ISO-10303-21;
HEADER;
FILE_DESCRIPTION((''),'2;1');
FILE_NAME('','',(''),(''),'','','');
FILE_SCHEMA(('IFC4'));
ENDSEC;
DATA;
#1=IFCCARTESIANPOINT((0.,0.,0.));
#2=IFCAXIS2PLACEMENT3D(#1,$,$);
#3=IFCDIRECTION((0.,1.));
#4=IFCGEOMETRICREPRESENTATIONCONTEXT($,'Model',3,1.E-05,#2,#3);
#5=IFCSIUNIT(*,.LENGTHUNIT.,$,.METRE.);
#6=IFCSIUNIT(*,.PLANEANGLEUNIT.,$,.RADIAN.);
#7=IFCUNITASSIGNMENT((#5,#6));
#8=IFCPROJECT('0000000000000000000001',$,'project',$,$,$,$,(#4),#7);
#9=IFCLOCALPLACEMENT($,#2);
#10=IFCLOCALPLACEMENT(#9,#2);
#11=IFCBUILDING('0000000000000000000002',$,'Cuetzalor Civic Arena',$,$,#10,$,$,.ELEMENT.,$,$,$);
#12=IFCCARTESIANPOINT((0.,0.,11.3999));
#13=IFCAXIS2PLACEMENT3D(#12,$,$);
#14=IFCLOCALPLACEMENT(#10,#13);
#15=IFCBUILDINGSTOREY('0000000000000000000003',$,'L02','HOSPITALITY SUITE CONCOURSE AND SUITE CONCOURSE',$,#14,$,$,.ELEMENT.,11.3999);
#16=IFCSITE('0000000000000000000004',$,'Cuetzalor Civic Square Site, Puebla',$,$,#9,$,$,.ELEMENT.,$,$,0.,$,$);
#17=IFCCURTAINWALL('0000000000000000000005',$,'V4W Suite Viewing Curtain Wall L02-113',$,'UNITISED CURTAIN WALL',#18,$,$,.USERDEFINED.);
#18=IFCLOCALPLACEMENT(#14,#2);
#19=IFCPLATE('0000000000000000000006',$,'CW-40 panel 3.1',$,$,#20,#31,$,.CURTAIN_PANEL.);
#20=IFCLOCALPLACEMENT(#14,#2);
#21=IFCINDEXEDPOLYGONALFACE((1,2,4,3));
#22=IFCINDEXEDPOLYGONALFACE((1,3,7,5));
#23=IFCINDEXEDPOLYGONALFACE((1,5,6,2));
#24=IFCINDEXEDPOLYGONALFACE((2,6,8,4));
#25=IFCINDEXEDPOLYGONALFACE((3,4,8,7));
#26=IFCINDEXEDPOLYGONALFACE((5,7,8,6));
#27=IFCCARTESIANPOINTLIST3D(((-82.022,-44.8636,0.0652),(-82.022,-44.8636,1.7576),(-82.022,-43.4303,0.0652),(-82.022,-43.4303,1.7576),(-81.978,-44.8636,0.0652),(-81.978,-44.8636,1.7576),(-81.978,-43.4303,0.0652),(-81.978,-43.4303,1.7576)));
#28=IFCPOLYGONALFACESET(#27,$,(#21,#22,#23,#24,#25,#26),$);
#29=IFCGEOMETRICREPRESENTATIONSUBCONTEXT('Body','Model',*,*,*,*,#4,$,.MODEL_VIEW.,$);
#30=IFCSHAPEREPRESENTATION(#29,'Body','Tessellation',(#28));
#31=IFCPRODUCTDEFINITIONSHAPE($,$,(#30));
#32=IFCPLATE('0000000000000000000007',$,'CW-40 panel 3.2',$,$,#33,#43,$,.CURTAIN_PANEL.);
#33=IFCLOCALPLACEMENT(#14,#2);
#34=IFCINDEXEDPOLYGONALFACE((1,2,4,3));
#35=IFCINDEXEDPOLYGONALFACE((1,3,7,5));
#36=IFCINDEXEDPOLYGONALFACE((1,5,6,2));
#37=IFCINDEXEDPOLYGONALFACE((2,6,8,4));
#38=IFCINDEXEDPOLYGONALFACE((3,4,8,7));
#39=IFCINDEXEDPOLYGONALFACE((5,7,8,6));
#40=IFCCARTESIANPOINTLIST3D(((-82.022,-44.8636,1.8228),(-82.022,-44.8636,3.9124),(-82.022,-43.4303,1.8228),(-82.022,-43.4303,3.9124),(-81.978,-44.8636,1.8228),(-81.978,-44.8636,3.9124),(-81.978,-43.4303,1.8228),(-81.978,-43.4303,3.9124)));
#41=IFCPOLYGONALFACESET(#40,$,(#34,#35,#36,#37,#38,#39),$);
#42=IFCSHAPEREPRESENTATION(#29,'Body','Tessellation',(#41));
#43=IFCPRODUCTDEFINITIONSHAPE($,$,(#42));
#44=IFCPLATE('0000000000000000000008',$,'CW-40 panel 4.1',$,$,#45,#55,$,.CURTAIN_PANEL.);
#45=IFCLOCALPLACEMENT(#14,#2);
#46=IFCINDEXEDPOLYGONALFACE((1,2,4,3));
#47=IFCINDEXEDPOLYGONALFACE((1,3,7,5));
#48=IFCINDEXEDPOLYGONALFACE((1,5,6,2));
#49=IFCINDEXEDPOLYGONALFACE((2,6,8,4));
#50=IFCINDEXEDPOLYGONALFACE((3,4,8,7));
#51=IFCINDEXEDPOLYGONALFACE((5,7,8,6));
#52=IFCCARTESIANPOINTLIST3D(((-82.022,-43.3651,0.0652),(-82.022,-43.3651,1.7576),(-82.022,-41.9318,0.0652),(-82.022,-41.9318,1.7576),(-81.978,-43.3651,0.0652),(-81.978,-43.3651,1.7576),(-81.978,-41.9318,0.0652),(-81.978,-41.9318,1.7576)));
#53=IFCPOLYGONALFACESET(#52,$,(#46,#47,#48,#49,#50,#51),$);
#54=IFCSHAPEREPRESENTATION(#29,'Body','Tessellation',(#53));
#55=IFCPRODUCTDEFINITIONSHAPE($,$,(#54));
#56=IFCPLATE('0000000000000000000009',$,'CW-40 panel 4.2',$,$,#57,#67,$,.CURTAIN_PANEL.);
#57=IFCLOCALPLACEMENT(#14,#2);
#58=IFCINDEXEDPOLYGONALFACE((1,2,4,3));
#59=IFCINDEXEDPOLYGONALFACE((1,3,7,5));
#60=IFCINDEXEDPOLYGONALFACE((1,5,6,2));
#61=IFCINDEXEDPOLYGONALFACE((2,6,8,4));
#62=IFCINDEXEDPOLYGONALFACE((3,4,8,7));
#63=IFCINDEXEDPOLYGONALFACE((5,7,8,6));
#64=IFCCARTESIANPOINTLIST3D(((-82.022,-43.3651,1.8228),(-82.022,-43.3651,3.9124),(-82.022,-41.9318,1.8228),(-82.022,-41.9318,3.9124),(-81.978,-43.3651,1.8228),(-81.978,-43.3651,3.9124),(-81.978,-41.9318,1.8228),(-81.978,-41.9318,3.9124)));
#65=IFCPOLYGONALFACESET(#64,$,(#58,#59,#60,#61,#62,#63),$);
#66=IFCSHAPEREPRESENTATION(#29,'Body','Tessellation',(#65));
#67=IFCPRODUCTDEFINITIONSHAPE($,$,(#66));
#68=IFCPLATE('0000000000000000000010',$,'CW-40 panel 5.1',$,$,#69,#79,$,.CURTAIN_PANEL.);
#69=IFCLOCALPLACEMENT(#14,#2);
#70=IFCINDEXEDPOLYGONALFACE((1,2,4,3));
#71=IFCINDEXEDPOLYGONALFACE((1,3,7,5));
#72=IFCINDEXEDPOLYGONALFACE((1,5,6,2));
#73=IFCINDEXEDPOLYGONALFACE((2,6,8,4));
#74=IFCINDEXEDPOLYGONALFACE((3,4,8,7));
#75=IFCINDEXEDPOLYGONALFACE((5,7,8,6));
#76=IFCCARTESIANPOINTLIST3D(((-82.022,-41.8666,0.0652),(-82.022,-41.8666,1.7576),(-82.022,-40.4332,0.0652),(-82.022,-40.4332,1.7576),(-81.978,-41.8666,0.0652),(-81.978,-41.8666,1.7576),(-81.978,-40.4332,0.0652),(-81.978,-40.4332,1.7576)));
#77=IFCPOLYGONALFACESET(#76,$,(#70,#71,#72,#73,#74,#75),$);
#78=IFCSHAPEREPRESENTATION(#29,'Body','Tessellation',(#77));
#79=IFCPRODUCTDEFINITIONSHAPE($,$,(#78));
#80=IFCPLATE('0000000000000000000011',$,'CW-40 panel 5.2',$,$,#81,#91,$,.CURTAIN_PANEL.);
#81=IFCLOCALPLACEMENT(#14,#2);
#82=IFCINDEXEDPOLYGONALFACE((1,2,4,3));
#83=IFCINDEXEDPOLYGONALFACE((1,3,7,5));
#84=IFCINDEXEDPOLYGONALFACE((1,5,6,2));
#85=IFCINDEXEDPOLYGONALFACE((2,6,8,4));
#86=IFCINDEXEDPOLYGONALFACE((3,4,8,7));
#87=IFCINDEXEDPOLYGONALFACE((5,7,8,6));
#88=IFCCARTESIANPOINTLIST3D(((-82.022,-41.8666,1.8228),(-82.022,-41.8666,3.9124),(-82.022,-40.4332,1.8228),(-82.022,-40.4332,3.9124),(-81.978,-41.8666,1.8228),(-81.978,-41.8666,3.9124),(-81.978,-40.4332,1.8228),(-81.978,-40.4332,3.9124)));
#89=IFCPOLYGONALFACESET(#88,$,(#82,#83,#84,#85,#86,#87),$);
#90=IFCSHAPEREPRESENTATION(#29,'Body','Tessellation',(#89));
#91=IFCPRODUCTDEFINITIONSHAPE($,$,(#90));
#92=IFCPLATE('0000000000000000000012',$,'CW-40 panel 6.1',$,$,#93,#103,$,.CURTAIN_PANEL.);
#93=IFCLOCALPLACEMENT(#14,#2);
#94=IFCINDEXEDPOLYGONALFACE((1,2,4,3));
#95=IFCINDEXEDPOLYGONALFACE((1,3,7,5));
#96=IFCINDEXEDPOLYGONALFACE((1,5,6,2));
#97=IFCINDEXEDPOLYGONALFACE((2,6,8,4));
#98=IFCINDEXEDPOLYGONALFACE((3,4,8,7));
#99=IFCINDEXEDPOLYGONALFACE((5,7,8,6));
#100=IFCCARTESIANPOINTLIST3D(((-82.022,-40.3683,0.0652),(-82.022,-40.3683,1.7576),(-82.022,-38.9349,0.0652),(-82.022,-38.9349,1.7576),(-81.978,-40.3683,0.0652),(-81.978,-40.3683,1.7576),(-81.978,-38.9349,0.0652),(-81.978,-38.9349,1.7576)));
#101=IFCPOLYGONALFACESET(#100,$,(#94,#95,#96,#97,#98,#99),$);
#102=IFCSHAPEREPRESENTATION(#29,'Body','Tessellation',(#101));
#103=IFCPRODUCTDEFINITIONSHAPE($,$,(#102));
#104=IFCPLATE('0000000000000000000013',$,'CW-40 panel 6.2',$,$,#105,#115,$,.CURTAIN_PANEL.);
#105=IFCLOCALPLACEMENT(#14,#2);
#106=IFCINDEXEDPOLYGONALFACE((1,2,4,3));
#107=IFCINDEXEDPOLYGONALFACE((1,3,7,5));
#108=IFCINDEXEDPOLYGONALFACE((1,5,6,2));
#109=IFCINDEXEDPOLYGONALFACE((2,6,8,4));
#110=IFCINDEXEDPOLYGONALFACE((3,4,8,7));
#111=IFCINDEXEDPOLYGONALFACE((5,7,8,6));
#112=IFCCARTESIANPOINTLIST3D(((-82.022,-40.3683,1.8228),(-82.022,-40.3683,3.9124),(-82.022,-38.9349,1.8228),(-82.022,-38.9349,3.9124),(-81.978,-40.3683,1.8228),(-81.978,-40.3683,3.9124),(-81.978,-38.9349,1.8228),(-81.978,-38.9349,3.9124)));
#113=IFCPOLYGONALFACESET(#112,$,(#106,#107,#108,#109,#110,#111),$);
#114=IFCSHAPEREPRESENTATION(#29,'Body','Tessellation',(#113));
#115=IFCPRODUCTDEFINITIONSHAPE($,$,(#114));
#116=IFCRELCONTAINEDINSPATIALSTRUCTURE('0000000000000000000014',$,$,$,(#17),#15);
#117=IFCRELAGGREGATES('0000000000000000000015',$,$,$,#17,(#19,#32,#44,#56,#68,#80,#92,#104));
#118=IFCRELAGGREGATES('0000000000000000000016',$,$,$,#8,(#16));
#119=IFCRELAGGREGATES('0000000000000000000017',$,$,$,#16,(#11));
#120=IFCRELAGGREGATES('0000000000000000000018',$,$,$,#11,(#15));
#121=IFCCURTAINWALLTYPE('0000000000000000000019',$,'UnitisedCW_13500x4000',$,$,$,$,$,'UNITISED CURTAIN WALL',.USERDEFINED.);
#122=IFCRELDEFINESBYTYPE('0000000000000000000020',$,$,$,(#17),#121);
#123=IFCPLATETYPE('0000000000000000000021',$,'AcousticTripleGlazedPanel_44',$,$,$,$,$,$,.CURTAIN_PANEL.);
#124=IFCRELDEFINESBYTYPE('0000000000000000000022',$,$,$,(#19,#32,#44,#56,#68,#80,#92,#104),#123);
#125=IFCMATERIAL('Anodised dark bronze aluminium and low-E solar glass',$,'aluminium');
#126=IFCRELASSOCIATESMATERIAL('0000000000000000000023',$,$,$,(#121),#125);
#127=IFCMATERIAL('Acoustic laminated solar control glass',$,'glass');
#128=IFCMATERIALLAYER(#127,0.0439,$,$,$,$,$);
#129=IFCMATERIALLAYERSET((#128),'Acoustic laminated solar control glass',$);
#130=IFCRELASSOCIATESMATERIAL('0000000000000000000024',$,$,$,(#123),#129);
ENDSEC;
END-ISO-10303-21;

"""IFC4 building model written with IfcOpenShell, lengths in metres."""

from ifc_helpers import new_model, si_unit, direction, frame, origin, origin_2d, place, context, subcontext, project, spatial, rectangle, extrude, material, layer, layer_set, type_object, element, aggregate, save


model = new_model("IFC4")

# Units and contexts
model_context = context("Model", 3, precision=1e-05, world=origin(), true_north=direction((0.0, 1.0)))
body_context = subcontext(model_context, "Body", "Model", "MODEL_VIEW")
ifc_project = project(units=[si_unit("LENGTHUNIT", "METRE"), si_unit("PLANEANGLEUNIT", "RADIAN")], contexts=[model_context])

# Site, building, storey
site_placement = place(None, origin())
site = spatial("IfcSite", under=ifc_project, at=site_placement, Name="Cuetzalor Civic Square Site, Puebla", CompositionType="ELEMENT", RefElevation=0.0)
building_placement = place(site_placement, origin())
building = spatial("IfcBuilding", under=site, at=building_placement, Name="Cuetzalor Civic Arena", CompositionType="ELEMENT")
storey_placement = place(building_placement, frame((0.0, 0.0, 11.3999)))
storey = spatial("IfcBuildingStorey", under=building, at=storey_placement, Name="L02", Description="HOSPITALITY SUITE CONCOURSE AND SUITE CONCOURSE", CompositionType="ELEMENT", Elevation=11.3999)

# Curtain wall, plates
ifc_material_1 = material(Name="Anodised dark bronze aluminium and low-E solar glass", Category="aluminium")
curtain_wall_type = type_object("IfcCurtainWallType", Name="UnitisedCW_13500x4000", ElementType="UNITISED CURTAIN WALL", PredefinedType="USERDEFINED", material=ifc_material_1)
curtain_wall_placement = place(storey_placement, origin())
curtain_wall = element("IfcCurtainWall", 1, at=curtain_wall_placement, inside=storey, type_object=curtain_wall_type, Name="V4W Suite Viewing Curtain Wall L02-113", ObjectType="UNITISED CURTAIN WALL", PredefinedType="USERDEFINED")
ifc_material_2 = material(Name="Acoustic laminated solar control glass", Category="glass")
ifc_layer = layer(ifc_material_2, 0.0439)
ifc_layer_set = layer_set([ifc_layer], Name="Acoustic laminated solar control glass")
plate_type = type_object("IfcPlateType", Name="AcousticTripleGlazedPanel_44", PredefinedType="CURTAIN_PANEL", material=ifc_layer_set)
plate_1_placement = place(storey_placement, frame((-82.0, -44.147, 0.0652), z_axis=(0.0, 0.0, 1.0), x_axis=(0.0, 1.0, 0.0)))
plate_1 = element("IfcPlate", 2, at=plate_1_placement, type_object=plate_type, Name="CW-40 panel 3.1", PredefinedType="CURTAIN_PANEL", context=body_context, shape_type="SweptSolid", body=[
    extrude(rectangle(XDim=1.4333, YDim=0.0439, at=origin_2d()), origin(), (0.0, 0.0, 1.0), 1.6924),
])
plate_2_placement = place(storey_placement, frame((-82.0, -44.147, 1.8228), z_axis=(0.0, 0.0, 1.0), x_axis=(0.0, 1.0, 0.0)))
plate_2 = element("IfcPlate", 3, at=plate_2_placement, type_object=plate_type, Name="CW-40 panel 3.2", PredefinedType="CURTAIN_PANEL", context=body_context, shape_type="SweptSolid", body=[
    extrude(rectangle(XDim=1.4333, YDim=0.0439, at=origin_2d()), origin(), (0.0, 0.0, 1.0), 2.0896),
])
plate_3_placement = place(storey_placement, frame((-82.0, -42.6484, 0.0652), z_axis=(0.0, 0.0, 1.0), x_axis=(0.0, 1.0, 0.0)))
plate_3 = element("IfcPlate", 4, at=plate_3_placement, type_object=plate_type, Name="CW-40 panel 4.1", PredefinedType="CURTAIN_PANEL", context=body_context, shape_type="SweptSolid", body=[
    extrude(rectangle(XDim=1.4333, YDim=0.0439, at=origin_2d()), origin(), (0.0, 0.0, 1.0), 1.6924),
])
plate_4_placement = place(storey_placement, frame((-82.0, -42.6484, 1.8228), z_axis=(0.0, 0.0, 1.0), x_axis=(0.0, 1.0, 0.0)))
plate_4 = element("IfcPlate", 5, at=plate_4_placement, type_object=plate_type, Name="CW-40 panel 4.2", PredefinedType="CURTAIN_PANEL", context=body_context, shape_type="SweptSolid", body=[
    extrude(rectangle(XDim=1.4333, YDim=0.0439, at=origin_2d()), origin(), (0.0, 0.0, 1.0), 2.0896),
])
plate_5_placement = place(storey_placement, frame((-82.0, -41.1499, 0.0652), z_axis=(0.0, 0.0, 1.0), x_axis=(0.0, 1.0, 0.0)))
plate_5 = element("IfcPlate", 6, at=plate_5_placement, type_object=plate_type, Name="CW-40 panel 5.1", PredefinedType="CURTAIN_PANEL", context=body_context, shape_type="SweptSolid", body=[
    extrude(rectangle(XDim=1.4333, YDim=0.0439, at=origin_2d()), origin(), (0.0, 0.0, 1.0), 1.6924),
])
plate_6_placement = place(storey_placement, frame((-82.0, -41.1499, 1.8228), z_axis=(0.0, 0.0, 1.0), x_axis=(0.0, 1.0, 0.0)))
plate_6 = element("IfcPlate", 7, at=plate_6_placement, type_object=plate_type, Name="CW-40 panel 5.2", PredefinedType="CURTAIN_PANEL", context=body_context, shape_type="SweptSolid", body=[
    extrude(rectangle(XDim=1.4333, YDim=0.0439, at=origin_2d()), origin(), (0.0, 0.0, 1.0), 2.0896),
])
plate_7_placement = place(storey_placement, frame((-82.0, -39.6516, 0.0652), z_axis=(0.0, 0.0, 1.0), x_axis=(0.0, 1.0, 0.0)))
plate_7 = element("IfcPlate", 8, at=plate_7_placement, type_object=plate_type, Name="CW-40 panel 6.1", PredefinedType="CURTAIN_PANEL", context=body_context, shape_type="SweptSolid", body=[
    extrude(rectangle(XDim=1.4333, YDim=0.0439, at=origin_2d()), origin(), (0.0, 0.0, 1.0), 1.6924),
])
plate_8_placement = place(storey_placement, frame((-82.0, -39.6516, 1.8228), z_axis=(0.0, 0.0, 1.0), x_axis=(0.0, 1.0, 0.0)))
plate_8 = element("IfcPlate", 9, at=plate_8_placement, type_object=plate_type, Name="CW-40 panel 6.2", PredefinedType="CURTAIN_PANEL", context=body_context, shape_type="SweptSolid", body=[
    extrude(rectangle(XDim=1.4333, YDim=0.0439, at=origin_2d()), origin(), (0.0, 0.0, 1.0), 2.0896),
])
aggregate(curtain_wall, [plate_1, plate_2, plate_3, plate_4, plate_5, plate_6, plate_7, plate_8])

save(model, "model.ifc")
